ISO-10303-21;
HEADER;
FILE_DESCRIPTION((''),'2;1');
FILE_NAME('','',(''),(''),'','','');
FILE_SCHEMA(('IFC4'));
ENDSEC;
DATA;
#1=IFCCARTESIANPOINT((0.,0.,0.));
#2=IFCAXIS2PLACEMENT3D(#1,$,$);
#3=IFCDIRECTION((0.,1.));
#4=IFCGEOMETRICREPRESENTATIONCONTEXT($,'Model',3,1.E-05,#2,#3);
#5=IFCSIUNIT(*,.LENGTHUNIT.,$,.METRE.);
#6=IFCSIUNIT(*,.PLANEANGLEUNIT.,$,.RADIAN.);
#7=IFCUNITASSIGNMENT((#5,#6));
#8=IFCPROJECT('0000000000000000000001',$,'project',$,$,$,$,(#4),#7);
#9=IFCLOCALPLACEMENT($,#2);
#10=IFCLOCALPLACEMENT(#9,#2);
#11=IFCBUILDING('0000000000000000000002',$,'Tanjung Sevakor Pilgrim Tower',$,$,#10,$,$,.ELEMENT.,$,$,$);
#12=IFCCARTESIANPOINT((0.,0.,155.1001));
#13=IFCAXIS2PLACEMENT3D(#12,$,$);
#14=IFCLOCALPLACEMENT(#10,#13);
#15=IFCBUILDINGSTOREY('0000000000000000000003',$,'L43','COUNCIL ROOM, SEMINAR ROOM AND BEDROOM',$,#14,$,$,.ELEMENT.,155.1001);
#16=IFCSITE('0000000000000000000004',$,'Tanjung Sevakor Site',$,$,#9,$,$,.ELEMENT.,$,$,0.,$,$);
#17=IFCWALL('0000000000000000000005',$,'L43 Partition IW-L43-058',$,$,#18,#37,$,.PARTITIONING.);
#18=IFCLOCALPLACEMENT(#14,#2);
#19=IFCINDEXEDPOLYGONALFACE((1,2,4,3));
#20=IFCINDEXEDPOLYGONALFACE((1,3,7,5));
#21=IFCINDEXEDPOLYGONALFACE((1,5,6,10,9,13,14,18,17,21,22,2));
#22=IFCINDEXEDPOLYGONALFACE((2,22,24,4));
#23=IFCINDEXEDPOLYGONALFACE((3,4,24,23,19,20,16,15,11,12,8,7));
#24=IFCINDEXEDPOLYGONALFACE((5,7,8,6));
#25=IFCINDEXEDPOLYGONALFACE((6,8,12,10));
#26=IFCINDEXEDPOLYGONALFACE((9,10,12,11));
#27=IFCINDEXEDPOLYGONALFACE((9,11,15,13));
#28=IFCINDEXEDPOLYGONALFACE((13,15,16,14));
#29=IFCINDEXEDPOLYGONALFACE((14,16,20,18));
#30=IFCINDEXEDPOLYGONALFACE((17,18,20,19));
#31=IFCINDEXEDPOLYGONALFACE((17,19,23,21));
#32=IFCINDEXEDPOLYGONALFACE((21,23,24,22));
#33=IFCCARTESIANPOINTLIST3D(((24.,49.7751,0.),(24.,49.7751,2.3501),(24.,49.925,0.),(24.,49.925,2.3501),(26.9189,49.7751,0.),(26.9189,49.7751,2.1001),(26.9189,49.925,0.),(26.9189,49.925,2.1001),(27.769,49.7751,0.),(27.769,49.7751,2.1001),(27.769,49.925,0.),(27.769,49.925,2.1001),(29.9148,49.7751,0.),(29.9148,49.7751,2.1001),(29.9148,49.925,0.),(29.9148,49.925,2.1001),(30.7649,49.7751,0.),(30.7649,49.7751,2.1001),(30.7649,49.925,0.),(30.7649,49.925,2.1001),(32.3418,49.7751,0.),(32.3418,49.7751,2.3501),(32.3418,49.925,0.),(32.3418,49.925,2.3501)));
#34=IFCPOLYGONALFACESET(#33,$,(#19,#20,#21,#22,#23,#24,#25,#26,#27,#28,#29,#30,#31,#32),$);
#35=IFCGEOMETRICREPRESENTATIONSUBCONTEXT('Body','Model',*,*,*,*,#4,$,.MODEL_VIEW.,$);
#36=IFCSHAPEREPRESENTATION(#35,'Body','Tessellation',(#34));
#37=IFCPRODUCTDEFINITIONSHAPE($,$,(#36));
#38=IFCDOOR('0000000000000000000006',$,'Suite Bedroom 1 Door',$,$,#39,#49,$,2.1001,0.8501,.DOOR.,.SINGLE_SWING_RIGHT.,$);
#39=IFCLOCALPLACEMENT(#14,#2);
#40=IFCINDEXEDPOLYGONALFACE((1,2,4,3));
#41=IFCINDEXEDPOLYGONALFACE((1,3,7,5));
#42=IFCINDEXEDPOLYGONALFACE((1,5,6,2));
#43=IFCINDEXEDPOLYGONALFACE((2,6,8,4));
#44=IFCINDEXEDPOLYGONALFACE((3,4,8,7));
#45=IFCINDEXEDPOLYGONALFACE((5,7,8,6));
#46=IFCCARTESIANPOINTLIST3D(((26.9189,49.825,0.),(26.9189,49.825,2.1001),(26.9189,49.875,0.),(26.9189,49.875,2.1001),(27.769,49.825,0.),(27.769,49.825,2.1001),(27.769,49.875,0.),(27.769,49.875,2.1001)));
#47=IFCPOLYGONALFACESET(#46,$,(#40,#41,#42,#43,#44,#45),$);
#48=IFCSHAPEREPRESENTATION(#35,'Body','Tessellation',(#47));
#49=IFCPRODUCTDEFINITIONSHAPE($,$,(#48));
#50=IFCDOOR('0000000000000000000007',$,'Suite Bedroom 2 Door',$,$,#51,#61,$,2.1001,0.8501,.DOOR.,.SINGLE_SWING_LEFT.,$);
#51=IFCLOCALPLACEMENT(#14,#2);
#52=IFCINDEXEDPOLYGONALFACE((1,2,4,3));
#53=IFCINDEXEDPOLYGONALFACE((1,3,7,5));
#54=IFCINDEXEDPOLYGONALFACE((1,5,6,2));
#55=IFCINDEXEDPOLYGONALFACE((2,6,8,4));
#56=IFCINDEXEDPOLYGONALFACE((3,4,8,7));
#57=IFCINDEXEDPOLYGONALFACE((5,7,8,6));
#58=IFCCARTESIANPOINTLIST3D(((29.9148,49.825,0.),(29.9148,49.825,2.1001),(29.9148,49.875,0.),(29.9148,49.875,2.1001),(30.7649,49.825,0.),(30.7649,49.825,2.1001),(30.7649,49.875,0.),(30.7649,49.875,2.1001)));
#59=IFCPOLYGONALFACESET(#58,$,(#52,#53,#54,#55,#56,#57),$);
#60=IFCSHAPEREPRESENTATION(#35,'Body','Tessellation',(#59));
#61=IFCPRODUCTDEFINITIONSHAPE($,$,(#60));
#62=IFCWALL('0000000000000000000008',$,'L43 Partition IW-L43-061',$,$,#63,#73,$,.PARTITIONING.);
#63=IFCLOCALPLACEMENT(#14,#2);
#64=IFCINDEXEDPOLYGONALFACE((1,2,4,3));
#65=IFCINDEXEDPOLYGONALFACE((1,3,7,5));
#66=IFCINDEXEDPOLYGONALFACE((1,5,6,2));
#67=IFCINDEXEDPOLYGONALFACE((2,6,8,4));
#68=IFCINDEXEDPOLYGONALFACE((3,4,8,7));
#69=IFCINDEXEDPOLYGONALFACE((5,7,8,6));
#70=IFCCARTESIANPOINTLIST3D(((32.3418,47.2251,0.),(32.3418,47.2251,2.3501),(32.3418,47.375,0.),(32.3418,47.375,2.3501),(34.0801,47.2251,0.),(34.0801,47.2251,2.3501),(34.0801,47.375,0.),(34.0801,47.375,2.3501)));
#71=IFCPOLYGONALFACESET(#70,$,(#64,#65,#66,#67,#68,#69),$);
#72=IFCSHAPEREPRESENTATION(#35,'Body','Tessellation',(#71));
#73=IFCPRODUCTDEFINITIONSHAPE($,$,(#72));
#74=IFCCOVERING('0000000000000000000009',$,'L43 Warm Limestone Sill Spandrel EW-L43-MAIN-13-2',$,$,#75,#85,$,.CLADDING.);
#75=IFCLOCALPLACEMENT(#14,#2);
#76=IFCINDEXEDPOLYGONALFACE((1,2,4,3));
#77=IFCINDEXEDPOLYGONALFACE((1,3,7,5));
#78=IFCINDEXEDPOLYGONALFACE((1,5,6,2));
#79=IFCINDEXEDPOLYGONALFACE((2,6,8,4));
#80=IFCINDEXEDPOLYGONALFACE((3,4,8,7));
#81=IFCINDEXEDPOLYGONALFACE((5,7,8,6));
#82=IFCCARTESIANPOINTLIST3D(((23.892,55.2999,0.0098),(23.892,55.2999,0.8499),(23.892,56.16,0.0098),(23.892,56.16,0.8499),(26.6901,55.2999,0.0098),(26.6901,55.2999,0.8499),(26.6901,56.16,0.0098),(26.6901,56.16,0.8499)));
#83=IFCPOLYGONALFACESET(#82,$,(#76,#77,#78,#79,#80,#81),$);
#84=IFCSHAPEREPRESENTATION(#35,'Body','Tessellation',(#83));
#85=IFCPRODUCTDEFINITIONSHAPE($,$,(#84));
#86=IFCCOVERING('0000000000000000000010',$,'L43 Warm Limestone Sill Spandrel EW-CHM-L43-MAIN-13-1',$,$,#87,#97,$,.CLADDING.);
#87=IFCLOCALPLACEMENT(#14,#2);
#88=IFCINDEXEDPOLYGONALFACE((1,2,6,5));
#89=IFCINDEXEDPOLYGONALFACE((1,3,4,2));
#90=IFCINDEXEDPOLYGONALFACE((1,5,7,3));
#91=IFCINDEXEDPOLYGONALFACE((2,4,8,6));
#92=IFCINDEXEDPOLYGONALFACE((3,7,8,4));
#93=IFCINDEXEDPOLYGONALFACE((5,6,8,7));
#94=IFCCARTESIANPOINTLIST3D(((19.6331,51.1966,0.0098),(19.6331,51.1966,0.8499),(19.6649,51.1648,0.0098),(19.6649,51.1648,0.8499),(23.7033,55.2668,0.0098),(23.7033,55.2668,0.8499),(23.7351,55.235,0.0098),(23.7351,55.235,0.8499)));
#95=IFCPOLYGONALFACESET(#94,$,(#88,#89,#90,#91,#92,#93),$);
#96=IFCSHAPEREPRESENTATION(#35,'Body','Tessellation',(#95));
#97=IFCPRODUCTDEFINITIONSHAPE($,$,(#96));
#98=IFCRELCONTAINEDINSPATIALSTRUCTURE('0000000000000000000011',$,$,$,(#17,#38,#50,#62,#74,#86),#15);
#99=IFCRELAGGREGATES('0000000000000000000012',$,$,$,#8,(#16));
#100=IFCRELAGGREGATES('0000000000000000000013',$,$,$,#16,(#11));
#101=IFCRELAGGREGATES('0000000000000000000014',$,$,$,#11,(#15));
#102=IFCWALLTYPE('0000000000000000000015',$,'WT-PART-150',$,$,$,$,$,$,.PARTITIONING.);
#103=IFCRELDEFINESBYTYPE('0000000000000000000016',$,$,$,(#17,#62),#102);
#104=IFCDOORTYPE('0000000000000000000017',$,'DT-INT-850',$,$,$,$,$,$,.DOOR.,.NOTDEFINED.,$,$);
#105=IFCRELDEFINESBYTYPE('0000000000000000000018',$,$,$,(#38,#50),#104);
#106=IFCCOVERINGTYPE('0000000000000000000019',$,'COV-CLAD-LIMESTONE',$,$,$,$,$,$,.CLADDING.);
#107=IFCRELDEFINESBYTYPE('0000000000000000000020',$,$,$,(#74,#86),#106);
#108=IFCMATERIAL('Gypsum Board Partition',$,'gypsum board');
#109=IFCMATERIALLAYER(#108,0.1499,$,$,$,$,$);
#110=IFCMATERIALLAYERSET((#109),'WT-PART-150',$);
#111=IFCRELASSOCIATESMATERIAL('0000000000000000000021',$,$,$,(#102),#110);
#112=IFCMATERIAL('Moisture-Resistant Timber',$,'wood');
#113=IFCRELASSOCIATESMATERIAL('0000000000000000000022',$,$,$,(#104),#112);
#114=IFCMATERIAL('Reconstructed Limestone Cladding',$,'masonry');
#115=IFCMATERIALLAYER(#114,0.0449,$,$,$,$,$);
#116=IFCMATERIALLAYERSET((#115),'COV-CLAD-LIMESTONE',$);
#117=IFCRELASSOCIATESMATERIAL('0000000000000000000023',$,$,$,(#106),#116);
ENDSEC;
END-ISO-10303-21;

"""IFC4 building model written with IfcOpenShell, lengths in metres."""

from ifc_helpers import new_model, si_unit, direction, frame, frame_2d, origin, origin_2d, place, context, subcontext, project, spatial, rectangle, extrude, material, layer, layer_set, type_object, element, fill, save


model = new_model("IFC4")

# Units and contexts
model_context = context("Model", 3, precision=1e-05, world=origin(), true_north=direction((0.0, 1.0)))
body_context = subcontext(model_context, "Body", "Model", "MODEL_VIEW")
ifc_project = project(units=[si_unit("LENGTHUNIT", "METRE"), si_unit("PLANEANGLEUNIT", "RADIAN")], contexts=[model_context])

# Site, building, storey
site_placement = place(None, origin())
site = spatial("IfcSite", under=ifc_project, at=site_placement, Name="Tanjung Sevakor Site", CompositionType="ELEMENT", RefElevation=0.0)
building_placement = place(site_placement, origin())
building = spatial("IfcBuilding", under=site, at=building_placement, Name="Tanjung Sevakor Pilgrim Tower", CompositionType="ELEMENT")
storey_placement = place(building_placement, frame((0.0, 0.0, 155.1001)))
storey = spatial("IfcBuildingStorey", under=building, at=storey_placement, Name="L43", Description="COUNCIL ROOM, SEMINAR ROOM AND BEDROOM", CompositionType="ELEMENT", Elevation=155.1001)

# Shared definitions
ifc_material_1 = material(Name="Gypsum Board Partition", Category="gypsum board")
ifc_layer_1 = layer(ifc_material_1, 0.1499)
ifc_layer_set_1 = layer_set([ifc_layer_1], Name="WT-PART-150")
wall_type_1 = type_object("IfcWallType", Name="WT-PART-150", PredefinedType="PARTITIONING", material=ifc_layer_set_1)

# Shared definitions
ifc_material_2 = material(Name="Moisture-Resistant Timber", Category="wood")
door_type_1 = type_object("IfcDoorType", Name="DT-INT-850", OperationType="NOTDEFINED", PredefinedType="DOOR", material=ifc_material_2)

# Wall, openings, doors
wall_1_placement = place(storey_placement, frame((24.0, 49.8501, 0.0), z_axis=(0.0, 0.0, 1.0), x_axis=(1.0, 0.0, 0.0)))
wall_1 = element("IfcWall", 1, at=wall_1_placement, inside=storey, type_object=wall_type_1, Name="L43 Partition IW-L43-058", PredefinedType="PARTITIONING", context=body_context, shape_type="SweptSolid", body=[
    extrude(rectangle(XDim=8.3418, YDim=0.1499, at=frame_2d((4.1709, 0.0))), origin(), (0.0, 0.0, 1.0), 2.3501),
])
opening_1_placement = place(wall_1_placement, frame((2.9189, 0.0, 0.0)))
opening_1 = element("IfcOpeningElement", 2, at=opening_1_placement, cuts=wall_1, PredefinedType="OPENING", context=body_context, shape_type="SweptSolid", body=[
    extrude(rectangle(XDim=0.8501, YDim=2.1001, at=frame_2d((0.425, 1.05))), frame((0.0, 0.085, 0.0), z_axis=(0.0, -1.0, 0.0), x_axis=(1.0, 0.0, 0.0)), (0.0, 0.0, 1.0), 0.1699),
])
opening_2_placement = place(wall_1_placement, frame((5.9148, 0.0, 0.0)))
opening_2 = element("IfcOpeningElement", 3, at=opening_2_placement, cuts=wall_1, PredefinedType="OPENING", context=body_context, shape_type="SweptSolid", body=[
    extrude(rectangle(XDim=0.8501, YDim=2.1001, at=frame_2d((0.425, 1.05))), frame((0.0, 0.085, 0.0), z_axis=(0.0, -1.0, 0.0), x_axis=(1.0, 0.0, 0.0)), (0.0, 0.0, 1.0), 0.1699),
])
door_1_placement = place(opening_1_placement, origin())
door_1 = element("IfcDoor", 4, at=door_1_placement, inside=storey, type_object=door_type_1, Name="Suite Bedroom 1 Door", OperationType="SINGLE_SWING_RIGHT", OverallHeight=2.1001, OverallWidth=0.8501, PredefinedType="DOOR", context=body_context, shape_type="SweptSolid", body=[
    extrude(rectangle(XDim=0.8501, YDim=2.1001, at=frame_2d((0.425, 1.05))), frame((0.0, 0.0249, 0.0), z_axis=(0.0, -1.0, 0.0), x_axis=(1.0, 0.0, 0.0)), (0.0, 0.0, 1.0), 0.05),
])
fill(opening_1, door_1)
door_2_placement = place(opening_2_placement, origin())
door_2 = element("IfcDoor", 5, at=door_2_placement, inside=storey, type_object=door_type_1, Name="Suite Bedroom 2 Door", OperationType="SINGLE_SWING_LEFT", OverallHeight=2.1001, OverallWidth=0.8501, PredefinedType="DOOR", context=body_context, shape_type="SweptSolid", body=[
    extrude(rectangle(XDim=0.8501, YDim=2.1001, at=frame_2d((0.425, 1.05))), frame((0.0, 0.0249, 0.0), z_axis=(0.0, -1.0, 0.0), x_axis=(1.0, 0.0, 0.0)), (0.0, 0.0, 1.0), 0.05),
])
fill(opening_2, door_2)

# Wall
wall_2_placement = place(storey_placement, frame((32.3418, 47.3, 0.0), z_axis=(0.0, 0.0, 1.0), x_axis=(1.0, 0.0, 0.0)))
element("IfcWall", 6, at=wall_2_placement, inside=storey, type_object=wall_type_1, Name="L43 Partition IW-L43-061", PredefinedType="PARTITIONING", context=body_context, shape_type="SweptSolid", body=[
    extrude(rectangle(XDim=1.7383, YDim=0.1499, at=frame_2d((0.8691, 0.0))), origin(), (0.0, 0.0, 1.0), 2.3501),
])

# Coverings
ifc_material_3 = material(Name="Reconstructed Limestone Cladding", Category="masonry")
ifc_layer_2 = layer(ifc_material_3, 0.0449)
ifc_layer_set_2 = layer_set([ifc_layer_2], Name="COV-CLAD-LIMESTONE")
covering_type = type_object("IfcCoveringType", Name="COV-CLAD-LIMESTONE", PredefinedType="CLADDING", material=ifc_layer_set_2)
covering_1_placement = place(storey_placement, frame((25.291, 55.73, 0.0098), z_axis=(0.0, 0.0, 1.0), x_axis=(-1.0, 0.0, 0.0)))
element("IfcCovering", 7, at=covering_1_placement, inside=storey, type_object=covering_type, Name="L43 Warm Limestone Sill Spandrel EW-L43-MAIN-13-2", PredefinedType="CLADDING", context=body_context, shape_type="SweptSolid", body=[
    extrude(rectangle(XDim=2.7981, YDim=0.8601, at=origin_2d()), origin(), (0.0, 0.0, 1.0), 0.8401),
])
covering_2_placement = place(storey_placement, frame((21.6841, 53.2158, 0.0098), z_axis=(0.0, 0.0, 1.0), x_axis=(-0.707107, -0.707107, 0.0)))
element("IfcCovering", 8, at=covering_2_placement, inside=storey, type_object=covering_type, Name="L43 Warm Limestone Sill Spandrel EW-CHM-L43-MAIN-13-1", PredefinedType="CLADDING", context=body_context, shape_type="SweptSolid", body=[
    extrude(rectangle(XDim=5.7561, YDim=0.0449, at=origin_2d()), origin(), (0.0, 0.0, 1.0), 0.8401),
])

save(model, "model.ifc")
